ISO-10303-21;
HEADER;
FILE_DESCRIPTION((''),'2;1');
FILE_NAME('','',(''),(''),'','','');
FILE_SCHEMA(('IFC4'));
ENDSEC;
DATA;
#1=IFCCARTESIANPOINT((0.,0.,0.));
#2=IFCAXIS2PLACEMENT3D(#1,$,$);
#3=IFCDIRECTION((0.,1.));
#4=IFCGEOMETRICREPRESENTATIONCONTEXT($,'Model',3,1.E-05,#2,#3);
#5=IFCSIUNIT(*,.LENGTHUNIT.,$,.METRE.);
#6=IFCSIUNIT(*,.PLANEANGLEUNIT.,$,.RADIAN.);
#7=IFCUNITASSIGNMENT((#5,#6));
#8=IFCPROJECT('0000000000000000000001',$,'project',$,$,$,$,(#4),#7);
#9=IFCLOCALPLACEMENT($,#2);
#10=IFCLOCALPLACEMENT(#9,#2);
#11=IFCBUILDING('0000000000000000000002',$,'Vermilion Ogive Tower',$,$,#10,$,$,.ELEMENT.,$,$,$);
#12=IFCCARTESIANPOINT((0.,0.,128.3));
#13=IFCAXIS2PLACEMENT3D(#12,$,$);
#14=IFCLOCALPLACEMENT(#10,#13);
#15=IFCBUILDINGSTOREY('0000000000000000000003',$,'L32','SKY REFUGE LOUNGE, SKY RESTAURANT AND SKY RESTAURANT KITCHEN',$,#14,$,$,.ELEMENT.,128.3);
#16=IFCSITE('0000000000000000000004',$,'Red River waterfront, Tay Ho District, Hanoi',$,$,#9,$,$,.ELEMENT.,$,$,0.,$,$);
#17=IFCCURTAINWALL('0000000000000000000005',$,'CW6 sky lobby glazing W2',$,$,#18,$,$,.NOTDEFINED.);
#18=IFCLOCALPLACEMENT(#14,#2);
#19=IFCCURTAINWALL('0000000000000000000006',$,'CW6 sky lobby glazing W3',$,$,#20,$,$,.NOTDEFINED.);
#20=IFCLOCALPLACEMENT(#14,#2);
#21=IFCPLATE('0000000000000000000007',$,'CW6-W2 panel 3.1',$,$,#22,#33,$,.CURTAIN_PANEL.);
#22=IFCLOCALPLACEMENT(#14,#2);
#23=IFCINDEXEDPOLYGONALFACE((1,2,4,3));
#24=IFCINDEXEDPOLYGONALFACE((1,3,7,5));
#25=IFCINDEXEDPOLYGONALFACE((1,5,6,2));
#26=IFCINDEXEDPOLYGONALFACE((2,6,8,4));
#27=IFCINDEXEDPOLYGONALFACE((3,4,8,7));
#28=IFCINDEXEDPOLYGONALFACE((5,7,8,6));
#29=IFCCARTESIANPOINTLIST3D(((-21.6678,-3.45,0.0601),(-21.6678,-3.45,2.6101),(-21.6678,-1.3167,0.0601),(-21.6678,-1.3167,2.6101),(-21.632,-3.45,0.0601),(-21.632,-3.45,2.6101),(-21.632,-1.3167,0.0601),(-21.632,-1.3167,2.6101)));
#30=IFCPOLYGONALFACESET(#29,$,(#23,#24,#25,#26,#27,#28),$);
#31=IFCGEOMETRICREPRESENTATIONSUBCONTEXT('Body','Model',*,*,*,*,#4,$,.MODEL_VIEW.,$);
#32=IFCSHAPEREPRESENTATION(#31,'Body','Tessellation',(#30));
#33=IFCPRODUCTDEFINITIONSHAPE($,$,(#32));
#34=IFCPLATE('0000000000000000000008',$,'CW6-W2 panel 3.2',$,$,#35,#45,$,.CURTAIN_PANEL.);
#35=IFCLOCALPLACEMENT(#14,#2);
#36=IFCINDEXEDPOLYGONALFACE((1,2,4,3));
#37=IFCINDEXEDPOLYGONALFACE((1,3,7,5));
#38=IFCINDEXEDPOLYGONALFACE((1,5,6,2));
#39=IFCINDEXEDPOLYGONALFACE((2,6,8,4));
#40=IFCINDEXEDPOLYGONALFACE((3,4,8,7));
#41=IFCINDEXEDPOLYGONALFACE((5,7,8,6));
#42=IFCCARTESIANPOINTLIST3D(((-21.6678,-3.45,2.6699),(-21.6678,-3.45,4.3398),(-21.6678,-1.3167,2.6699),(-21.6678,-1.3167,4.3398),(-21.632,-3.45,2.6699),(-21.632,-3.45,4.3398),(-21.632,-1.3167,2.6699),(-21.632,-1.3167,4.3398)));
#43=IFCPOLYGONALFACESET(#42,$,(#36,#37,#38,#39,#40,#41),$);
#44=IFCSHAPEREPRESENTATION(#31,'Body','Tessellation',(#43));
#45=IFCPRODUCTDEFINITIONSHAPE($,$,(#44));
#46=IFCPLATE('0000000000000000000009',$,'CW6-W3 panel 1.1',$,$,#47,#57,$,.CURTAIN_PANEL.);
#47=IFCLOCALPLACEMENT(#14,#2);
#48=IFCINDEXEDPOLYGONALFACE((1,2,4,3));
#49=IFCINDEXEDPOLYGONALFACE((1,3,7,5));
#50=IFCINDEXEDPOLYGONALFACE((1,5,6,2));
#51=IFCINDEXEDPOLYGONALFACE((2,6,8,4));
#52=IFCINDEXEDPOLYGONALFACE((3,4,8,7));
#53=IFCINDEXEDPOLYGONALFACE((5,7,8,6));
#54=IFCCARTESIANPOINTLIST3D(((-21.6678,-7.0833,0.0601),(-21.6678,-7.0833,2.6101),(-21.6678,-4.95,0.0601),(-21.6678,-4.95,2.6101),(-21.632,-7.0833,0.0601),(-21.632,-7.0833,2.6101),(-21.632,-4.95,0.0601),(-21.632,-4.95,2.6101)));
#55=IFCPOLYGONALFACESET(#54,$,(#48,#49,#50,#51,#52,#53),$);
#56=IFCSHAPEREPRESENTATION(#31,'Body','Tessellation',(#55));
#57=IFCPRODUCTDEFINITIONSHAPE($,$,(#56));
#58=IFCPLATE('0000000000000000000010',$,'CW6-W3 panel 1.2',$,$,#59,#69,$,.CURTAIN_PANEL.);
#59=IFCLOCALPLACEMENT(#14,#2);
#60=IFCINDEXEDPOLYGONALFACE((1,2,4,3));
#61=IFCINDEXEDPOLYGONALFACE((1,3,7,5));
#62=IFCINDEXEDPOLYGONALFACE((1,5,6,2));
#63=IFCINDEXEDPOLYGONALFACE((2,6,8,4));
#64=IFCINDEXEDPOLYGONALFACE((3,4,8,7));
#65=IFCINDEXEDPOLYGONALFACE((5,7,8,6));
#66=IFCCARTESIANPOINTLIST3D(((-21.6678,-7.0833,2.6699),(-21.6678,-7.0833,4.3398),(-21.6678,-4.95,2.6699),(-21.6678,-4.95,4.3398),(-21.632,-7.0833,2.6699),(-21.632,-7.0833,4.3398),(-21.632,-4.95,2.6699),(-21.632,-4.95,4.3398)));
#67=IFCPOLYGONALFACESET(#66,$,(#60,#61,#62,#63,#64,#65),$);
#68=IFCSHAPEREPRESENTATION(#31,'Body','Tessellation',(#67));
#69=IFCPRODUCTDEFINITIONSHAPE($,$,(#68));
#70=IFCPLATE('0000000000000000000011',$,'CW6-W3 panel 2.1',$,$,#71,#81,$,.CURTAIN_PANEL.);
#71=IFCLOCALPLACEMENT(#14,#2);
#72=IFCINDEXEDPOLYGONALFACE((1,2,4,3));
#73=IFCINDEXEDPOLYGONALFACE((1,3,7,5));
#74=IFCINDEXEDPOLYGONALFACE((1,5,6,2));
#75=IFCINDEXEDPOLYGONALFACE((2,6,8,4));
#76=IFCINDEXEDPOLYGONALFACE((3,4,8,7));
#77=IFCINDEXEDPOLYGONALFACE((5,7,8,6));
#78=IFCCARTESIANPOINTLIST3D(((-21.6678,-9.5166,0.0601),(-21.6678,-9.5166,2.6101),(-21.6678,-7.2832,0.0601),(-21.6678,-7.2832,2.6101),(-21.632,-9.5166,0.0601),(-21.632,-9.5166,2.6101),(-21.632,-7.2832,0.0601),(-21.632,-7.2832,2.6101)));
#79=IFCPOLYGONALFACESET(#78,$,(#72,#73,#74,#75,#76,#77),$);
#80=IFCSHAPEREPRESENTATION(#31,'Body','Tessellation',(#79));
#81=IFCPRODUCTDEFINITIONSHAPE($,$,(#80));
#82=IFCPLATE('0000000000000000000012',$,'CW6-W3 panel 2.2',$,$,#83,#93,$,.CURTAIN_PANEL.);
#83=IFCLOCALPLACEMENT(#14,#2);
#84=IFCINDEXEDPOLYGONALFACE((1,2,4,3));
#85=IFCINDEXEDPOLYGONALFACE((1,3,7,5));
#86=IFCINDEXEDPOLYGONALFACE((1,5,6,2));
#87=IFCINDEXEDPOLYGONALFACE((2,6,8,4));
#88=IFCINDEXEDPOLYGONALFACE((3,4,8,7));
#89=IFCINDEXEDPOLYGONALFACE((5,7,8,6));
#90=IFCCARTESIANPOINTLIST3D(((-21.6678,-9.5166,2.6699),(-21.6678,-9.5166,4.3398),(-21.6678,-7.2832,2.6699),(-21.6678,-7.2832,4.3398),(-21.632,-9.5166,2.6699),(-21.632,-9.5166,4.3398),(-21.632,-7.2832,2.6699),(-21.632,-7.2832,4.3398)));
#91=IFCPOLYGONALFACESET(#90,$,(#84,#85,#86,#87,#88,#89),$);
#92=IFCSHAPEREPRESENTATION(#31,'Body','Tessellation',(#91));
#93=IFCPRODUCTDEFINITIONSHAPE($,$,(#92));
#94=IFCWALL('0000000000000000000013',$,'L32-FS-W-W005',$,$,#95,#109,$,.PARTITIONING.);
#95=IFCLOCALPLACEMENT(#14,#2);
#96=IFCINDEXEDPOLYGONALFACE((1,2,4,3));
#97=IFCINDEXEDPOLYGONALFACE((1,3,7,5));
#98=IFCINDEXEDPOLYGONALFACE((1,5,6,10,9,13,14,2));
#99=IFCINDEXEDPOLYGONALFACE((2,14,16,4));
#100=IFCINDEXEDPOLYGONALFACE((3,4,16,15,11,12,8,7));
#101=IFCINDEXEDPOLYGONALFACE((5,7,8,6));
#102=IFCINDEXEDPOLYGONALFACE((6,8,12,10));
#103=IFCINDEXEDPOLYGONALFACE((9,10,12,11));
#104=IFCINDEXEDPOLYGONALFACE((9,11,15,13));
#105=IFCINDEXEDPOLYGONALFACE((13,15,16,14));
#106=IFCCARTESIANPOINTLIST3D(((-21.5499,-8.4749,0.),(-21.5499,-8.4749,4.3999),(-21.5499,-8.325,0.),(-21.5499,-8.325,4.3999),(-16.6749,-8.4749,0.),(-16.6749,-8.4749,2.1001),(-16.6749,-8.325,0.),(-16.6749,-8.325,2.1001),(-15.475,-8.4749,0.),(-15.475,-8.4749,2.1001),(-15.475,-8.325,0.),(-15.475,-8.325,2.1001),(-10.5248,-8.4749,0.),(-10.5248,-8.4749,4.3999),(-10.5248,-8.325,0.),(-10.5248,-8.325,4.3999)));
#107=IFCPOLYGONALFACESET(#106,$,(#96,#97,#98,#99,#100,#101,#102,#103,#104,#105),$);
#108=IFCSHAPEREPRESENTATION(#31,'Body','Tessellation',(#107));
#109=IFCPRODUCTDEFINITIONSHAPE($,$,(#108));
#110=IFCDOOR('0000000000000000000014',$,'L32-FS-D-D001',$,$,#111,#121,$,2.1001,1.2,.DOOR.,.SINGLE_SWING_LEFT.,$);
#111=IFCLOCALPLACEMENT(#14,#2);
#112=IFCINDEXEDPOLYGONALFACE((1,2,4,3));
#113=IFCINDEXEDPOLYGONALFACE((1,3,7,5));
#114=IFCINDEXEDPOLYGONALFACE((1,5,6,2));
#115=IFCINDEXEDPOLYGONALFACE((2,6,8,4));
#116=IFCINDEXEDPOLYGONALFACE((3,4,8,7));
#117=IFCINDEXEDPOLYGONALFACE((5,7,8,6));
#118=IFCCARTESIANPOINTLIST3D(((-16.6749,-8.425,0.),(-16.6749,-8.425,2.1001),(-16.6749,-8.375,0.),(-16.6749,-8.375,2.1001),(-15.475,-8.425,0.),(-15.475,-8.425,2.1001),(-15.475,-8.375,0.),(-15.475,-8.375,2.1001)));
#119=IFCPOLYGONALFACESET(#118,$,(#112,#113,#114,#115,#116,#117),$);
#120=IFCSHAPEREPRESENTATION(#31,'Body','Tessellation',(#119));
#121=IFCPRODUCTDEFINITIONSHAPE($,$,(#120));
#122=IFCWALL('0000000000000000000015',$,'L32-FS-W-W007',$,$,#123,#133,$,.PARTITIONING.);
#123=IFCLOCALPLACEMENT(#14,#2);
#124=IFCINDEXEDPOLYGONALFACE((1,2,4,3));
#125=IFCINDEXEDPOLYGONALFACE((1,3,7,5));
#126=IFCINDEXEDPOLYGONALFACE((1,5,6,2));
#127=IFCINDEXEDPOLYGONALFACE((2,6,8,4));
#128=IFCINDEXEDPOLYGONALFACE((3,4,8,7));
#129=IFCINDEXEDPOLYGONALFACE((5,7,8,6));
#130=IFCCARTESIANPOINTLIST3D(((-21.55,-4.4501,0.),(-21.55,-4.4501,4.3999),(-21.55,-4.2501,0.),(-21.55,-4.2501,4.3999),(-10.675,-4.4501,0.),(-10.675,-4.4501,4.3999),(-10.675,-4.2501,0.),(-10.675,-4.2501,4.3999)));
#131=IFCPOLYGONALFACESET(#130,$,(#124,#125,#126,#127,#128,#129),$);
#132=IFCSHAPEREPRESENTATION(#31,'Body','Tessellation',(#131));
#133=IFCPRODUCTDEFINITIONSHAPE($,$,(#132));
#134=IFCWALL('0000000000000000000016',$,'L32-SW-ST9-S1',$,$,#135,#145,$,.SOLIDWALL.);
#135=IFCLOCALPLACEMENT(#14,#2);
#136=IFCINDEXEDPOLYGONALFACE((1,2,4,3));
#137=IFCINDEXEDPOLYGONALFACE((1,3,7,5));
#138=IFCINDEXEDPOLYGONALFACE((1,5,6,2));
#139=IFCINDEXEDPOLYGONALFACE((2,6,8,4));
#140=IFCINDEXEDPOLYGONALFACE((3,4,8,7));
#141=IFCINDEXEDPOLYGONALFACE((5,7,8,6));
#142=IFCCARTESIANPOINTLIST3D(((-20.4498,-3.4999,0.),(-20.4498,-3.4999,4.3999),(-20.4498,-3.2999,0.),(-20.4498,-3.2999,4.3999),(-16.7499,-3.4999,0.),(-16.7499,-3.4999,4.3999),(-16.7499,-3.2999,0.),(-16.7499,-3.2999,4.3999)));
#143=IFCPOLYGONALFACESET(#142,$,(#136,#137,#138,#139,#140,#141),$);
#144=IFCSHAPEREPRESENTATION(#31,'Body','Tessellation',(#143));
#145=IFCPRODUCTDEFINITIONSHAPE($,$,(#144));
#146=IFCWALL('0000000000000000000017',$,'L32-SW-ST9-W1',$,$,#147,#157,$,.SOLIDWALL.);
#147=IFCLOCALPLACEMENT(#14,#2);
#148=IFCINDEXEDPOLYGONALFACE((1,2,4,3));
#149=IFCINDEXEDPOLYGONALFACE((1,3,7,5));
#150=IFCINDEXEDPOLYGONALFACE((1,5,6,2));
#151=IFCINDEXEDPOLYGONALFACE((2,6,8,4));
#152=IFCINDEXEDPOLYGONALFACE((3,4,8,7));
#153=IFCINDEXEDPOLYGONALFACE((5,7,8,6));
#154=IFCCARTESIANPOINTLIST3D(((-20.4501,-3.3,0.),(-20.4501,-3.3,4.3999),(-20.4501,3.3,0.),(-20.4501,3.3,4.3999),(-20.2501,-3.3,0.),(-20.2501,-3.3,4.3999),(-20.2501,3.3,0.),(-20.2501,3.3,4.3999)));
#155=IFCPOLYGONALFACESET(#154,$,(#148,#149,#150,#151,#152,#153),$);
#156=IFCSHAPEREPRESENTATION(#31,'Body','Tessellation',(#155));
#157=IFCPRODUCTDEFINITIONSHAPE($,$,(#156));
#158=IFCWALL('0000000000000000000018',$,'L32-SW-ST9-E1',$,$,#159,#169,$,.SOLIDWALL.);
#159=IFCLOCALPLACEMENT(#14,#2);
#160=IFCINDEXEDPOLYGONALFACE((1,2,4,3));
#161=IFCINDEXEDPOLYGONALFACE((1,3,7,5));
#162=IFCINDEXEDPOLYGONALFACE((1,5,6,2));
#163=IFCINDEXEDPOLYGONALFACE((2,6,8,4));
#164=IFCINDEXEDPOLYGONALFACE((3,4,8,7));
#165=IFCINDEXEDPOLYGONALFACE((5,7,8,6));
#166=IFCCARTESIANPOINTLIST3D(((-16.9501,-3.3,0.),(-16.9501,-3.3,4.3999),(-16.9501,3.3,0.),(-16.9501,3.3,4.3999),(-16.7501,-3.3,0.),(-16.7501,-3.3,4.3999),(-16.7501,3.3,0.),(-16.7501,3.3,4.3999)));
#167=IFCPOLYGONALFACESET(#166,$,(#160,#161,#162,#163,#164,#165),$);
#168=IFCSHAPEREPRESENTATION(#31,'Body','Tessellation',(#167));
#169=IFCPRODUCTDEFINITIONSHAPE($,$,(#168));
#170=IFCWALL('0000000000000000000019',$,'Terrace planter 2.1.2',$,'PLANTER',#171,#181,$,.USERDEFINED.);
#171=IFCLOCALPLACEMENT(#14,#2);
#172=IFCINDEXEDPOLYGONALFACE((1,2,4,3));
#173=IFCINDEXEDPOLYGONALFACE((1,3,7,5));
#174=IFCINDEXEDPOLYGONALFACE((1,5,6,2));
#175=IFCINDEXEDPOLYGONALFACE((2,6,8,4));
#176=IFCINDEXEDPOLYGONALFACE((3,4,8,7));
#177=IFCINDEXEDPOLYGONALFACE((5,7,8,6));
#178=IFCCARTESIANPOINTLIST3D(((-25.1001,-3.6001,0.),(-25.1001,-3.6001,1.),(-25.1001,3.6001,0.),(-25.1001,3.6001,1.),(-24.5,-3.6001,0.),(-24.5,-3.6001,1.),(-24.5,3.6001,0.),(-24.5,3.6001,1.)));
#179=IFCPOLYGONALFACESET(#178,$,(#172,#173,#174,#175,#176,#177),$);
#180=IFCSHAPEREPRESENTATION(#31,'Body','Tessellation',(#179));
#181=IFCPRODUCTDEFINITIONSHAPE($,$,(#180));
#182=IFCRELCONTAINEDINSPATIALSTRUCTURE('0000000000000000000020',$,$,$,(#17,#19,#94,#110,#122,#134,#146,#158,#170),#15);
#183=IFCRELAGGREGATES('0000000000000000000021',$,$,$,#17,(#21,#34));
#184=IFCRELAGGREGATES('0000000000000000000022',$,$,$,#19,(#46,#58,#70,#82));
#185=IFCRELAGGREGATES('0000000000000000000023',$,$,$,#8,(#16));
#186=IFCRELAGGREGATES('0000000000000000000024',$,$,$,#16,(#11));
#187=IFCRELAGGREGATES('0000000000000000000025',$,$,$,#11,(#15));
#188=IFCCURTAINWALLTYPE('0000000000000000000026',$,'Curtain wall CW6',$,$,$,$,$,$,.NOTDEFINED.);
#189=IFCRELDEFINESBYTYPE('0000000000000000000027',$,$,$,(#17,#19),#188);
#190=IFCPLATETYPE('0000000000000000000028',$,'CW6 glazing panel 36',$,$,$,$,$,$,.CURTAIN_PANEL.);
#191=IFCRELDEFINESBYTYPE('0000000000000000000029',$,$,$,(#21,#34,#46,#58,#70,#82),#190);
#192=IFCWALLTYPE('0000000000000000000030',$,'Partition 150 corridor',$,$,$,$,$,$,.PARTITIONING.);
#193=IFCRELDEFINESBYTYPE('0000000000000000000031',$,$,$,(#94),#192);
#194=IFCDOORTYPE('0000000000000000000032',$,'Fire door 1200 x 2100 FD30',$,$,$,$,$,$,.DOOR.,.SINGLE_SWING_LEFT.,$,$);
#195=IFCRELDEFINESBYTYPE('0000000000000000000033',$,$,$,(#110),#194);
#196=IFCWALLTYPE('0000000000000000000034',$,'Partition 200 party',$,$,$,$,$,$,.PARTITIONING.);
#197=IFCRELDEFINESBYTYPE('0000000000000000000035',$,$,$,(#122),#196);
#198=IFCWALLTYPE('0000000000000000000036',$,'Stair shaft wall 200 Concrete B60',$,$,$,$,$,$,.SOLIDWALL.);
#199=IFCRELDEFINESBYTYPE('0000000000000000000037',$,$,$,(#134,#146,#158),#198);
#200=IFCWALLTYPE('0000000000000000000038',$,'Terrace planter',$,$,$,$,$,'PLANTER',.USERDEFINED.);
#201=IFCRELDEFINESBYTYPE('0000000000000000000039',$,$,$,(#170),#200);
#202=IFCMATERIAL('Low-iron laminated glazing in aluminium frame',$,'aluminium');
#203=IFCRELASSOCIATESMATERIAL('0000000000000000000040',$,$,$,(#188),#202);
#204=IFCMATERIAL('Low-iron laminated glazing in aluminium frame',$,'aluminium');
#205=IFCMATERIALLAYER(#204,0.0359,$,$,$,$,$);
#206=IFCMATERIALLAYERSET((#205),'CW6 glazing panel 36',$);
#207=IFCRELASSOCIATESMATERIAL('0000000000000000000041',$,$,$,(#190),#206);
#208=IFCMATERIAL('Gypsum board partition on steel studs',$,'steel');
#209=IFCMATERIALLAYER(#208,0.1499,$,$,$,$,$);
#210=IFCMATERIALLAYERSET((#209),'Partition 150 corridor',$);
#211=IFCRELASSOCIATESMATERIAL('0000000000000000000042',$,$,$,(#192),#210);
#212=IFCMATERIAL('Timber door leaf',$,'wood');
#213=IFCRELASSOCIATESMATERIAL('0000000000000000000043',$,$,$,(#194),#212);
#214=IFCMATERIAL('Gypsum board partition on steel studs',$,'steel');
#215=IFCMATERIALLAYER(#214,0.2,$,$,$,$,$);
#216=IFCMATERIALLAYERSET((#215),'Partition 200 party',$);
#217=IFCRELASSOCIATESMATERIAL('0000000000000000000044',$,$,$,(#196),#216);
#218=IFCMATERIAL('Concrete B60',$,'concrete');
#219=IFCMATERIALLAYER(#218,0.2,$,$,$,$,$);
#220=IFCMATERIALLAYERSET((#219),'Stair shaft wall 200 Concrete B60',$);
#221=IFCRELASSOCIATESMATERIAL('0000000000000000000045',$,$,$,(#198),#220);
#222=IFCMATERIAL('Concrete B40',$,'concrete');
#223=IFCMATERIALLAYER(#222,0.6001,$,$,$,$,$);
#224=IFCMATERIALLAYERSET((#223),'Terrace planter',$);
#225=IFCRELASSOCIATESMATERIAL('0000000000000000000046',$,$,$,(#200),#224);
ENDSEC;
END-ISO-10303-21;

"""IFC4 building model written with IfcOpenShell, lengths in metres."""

from ifc_helpers import new_model, si_unit, direction, frame, frame_2d, origin, origin_2d, place, context, subcontext, project, spatial, rectangle, extrude, material, layer, layer_set, type_object, element, fill, aggregate, save


model = new_model("IFC4")

# Units and contexts
model_context = context("Model", 3, precision=1e-05, world=origin(), true_north=direction((0.0, 1.0)))
body_context = subcontext(model_context, "Body", "Model", "MODEL_VIEW")
ifc_project = project(units=[si_unit("LENGTHUNIT", "METRE"), si_unit("PLANEANGLEUNIT", "RADIAN")], contexts=[model_context])

# Site, building, storey
site_placement = place(None, origin())
site = spatial("IfcSite", under=ifc_project, at=site_placement, Name="Red River waterfront, Tay Ho District, Hanoi", CompositionType="ELEMENT", RefElevation=0.0)
building_placement = place(site_placement, origin())
building = spatial("IfcBuilding", under=site, at=building_placement, Name="Vermilion Ogive Tower", CompositionType="ELEMENT")
storey_placement = place(building_placement, frame((0.0, 0.0, 128.3)))
storey = spatial("IfcBuildingStorey", under=building, at=storey_placement, Name="L32", Description="SKY REFUGE LOUNGE, SKY RESTAURANT AND SKY RESTAURANT KITCHEN", CompositionType="ELEMENT", Elevation=128.3)

# Curtain wall
ifc_material_1 = material(Name="Low-iron laminated glazing in aluminium frame", Category="aluminium")
curtain_wall_type = type_object("IfcCurtainWallType", Name="Curtain wall CW6", PredefinedType="NOTDEFINED", material=ifc_material_1)
curtain_wall_1_placement = place(storey_placement, origin())
curtain_wall_1 = element("IfcCurtainWall", 1, at=curtain_wall_1_placement, inside=storey, type_object=curtain_wall_type, Name="CW6 sky lobby glazing W2", PredefinedType="NOTDEFINED")

# Curtain wall
curtain_wall_2_placement = place(storey_placement, origin())
curtain_wall_2 = element("IfcCurtainWall", 2, at=curtain_wall_2_placement, inside=storey, type_object=curtain_wall_type, Name="CW6 sky lobby glazing W3", PredefinedType="NOTDEFINED")

# Plates
ifc_material_2 = material(Name="Low-iron laminated glazing in aluminium frame", Category="aluminium")
ifc_layer_1 = layer(ifc_material_2, 0.0359)
ifc_layer_set_1 = layer_set([ifc_layer_1], Name="CW6 glazing panel 36")
plate_type = type_object("IfcPlateType", Name="CW6 glazing panel 36", PredefinedType="CURTAIN_PANEL", material=ifc_layer_set_1)
plate_1_placement = place(storey_placement, frame((-21.6499, -2.3833, 0.0601), z_axis=(0.0, 0.0, 1.0), x_axis=(0.0, -1.0, 0.0)))
plate_1 = element("IfcPlate", 3, at=plate_1_placement, type_object=plate_type, Name="CW6-W2 panel 3.1", PredefinedType="CURTAIN_PANEL", context=body_context, shape_type="SweptSolid", body=[
    extrude(rectangle(XDim=2.1333, YDim=0.0359, at=origin_2d()), origin(), (0.0, 0.0, 1.0), 2.55),
])
plate_2_placement = place(storey_placement, frame((-21.6499, -2.3833, 2.6699), z_axis=(0.0, 0.0, 1.0), x_axis=(0.0, -1.0, 0.0)))
plate_2 = element("IfcPlate", 4, at=plate_2_placement, type_object=plate_type, Name="CW6-W2 panel 3.2", PredefinedType="CURTAIN_PANEL", context=body_context, shape_type="SweptSolid", body=[
    extrude(rectangle(XDim=2.1333, YDim=0.0359, at=origin_2d()), origin(), (0.0, 0.0, 1.0), 1.6699),
])
aggregate(curtain_wall_1, [plate_1, plate_2])
plate_3_placement = place(storey_placement, frame((-21.6499, -6.0166, 0.0601), z_axis=(0.0, 0.0, 1.0), x_axis=(0.0, -1.0, 0.0)))
plate_3 = element("IfcPlate", 5, at=plate_3_placement, type_object=plate_type, Name="CW6-W3 panel 1.1", PredefinedType="CURTAIN_PANEL", context=body_context, shape_type="SweptSolid", body=[
    extrude(rectangle(XDim=2.1333, YDim=0.0359, at=origin_2d()), origin(), (0.0, 0.0, 1.0), 2.55),
])
plate_4_placement = place(storey_placement, frame((-21.6499, -6.0166, 2.6699), z_axis=(0.0, 0.0, 1.0), x_axis=(0.0, -1.0, 0.0)))
plate_4 = element("IfcPlate", 6, at=plate_4_placement, type_object=plate_type, Name="CW6-W3 panel 1.2", PredefinedType="CURTAIN_PANEL", context=body_context, shape_type="SweptSolid", body=[
    extrude(rectangle(XDim=2.1333, YDim=0.0359, at=origin_2d()), origin(), (0.0, 0.0, 1.0), 1.6699),
])
plate_5_placement = place(storey_placement, frame((-21.6499, -8.3999, 0.0601), z_axis=(0.0, 0.0, 1.0), x_axis=(0.0, -1.0, 0.0)))
plate_5 = element("IfcPlate", 7, at=plate_5_placement, type_object=plate_type, Name="CW6-W3 panel 2.1", PredefinedType="CURTAIN_PANEL", context=body_context, shape_type="SweptSolid", body=[
    extrude(rectangle(XDim=2.2334, YDim=0.0359, at=origin_2d()), origin(), (0.0, 0.0, 1.0), 2.55),
])
plate_6_placement = place(storey_placement, frame((-21.6499, -8.3999, 2.6699), z_axis=(0.0, 0.0, 1.0), x_axis=(0.0, -1.0, 0.0)))
plate_6 = element("IfcPlate", 8, at=plate_6_placement, type_object=plate_type, Name="CW6-W3 panel 2.2", PredefinedType="CURTAIN_PANEL", context=body_context, shape_type="SweptSolid", body=[
    extrude(rectangle(XDim=2.2334, YDim=0.0359, at=origin_2d()), origin(), (0.0, 0.0, 1.0), 1.6699),
])
aggregate(curtain_wall_2, [plate_3, plate_4, plate_5, plate_6])

# Wall, opening, door
ifc_material_3 = material(Name="Gypsum board partition on steel studs", Category="steel")
ifc_layer_2 = layer(ifc_material_3, 0.1499)
ifc_layer_set_2 = layer_set([ifc_layer_2], Name="Partition 150 corridor")
wall_type_1 = type_object("IfcWallType", Name="Partition 150 corridor", PredefinedType="PARTITIONING", material=ifc_layer_set_2)
wall_1_placement = place(storey_placement, frame((-21.55, -8.3999, 0.0), z_axis=(0.0, 0.0, 1.0), x_axis=(1.0, 0.0, 0.0)))
wall_1 = element("IfcWall", 9, at=wall_1_placement, inside=storey, type_object=wall_type_1, Name="L32-FS-W-W005", PredefinedType="PARTITIONING", context=body_context, shape_type="SweptSolid", body=[
    extrude(rectangle(XDim=11.0251, YDim=0.1499, at=frame_2d((5.5127, 0.0))), origin(), (0.0, 0.0, 1.0), 4.3999),
])
opening_placement = place(wall_1_placement, frame((4.875, 0.0, 0.0)))
opening = element("IfcOpeningElement", 10, at=opening_placement, cuts=wall_1, PredefinedType="OPENING", context=body_context, shape_type="SweptSolid", body=[
    extrude(rectangle(XDim=1.2, YDim=2.1001, at=frame_2d((0.6001, 1.05))), frame((0.0, 0.085, 0.0), z_axis=(0.0, -1.0, 0.0), x_axis=(1.0, 0.0, 0.0)), (0.0, 0.0, 1.0), 0.1699),
])
ifc_material_4 = material(Name="Timber door leaf", Category="wood")
door_type = type_object("IfcDoorType", Name="Fire door 1200 x 2100 FD30", OperationType="SINGLE_SWING_LEFT", PredefinedType="DOOR", material=ifc_material_4)
door_placement = place(opening_placement, origin())
door = element("IfcDoor", 11, at=door_placement, inside=storey, type_object=door_type, Name="L32-FS-D-D001", OperationType="SINGLE_SWING_LEFT", OverallHeight=2.1001, OverallWidth=1.2, PredefinedType="DOOR", context=body_context, shape_type="SweptSolid", body=[
    extrude(rectangle(XDim=1.2, YDim=2.1001, at=frame_2d((0.6001, 1.05))), frame((0.0, 0.0249, 0.0), z_axis=(0.0, -1.0, 0.0), x_axis=(1.0, 0.0, 0.0)), (0.0, 0.0, 1.0), 0.05),
])
fill(opening, door)

# Walls
ifc_material_5 = material(Name="Gypsum board partition on steel studs", Category="steel")
ifc_layer_3 = layer(ifc_material_5, 0.2)
ifc_layer_set_3 = layer_set([ifc_layer_3], Name="Partition 200 party")
wall_type_2 = type_object("IfcWallType", Name="Partition 200 party", PredefinedType="PARTITIONING", material=ifc_layer_set_3)
wall_2_placement = place(storey_placement, frame((-21.55, -4.3501, 0.0), z_axis=(0.0, 0.0, 1.0), x_axis=(1.0, 0.0, 0.0)))
element("IfcWall", 12, at=wall_2_placement, inside=storey, type_object=wall_type_2, Name="L32-FS-W-W007", PredefinedType="PARTITIONING", context=body_context, shape_type="SweptSolid", body=[
    extrude(rectangle(XDim=10.875, YDim=0.2, at=frame_2d((5.4375, 0.0))), origin(), (0.0, 0.0, 1.0), 4.3999),
])
ifc_material_6 = material(Name="Concrete B60", Category="concrete")
ifc_layer_4 = layer(ifc_material_6, 0.2)
ifc_layer_set_4 = layer_set([ifc_layer_4], Name="Stair shaft wall 200 Concrete B60")
wall_type_3 = type_object("IfcWallType", Name="Stair shaft wall 200 Concrete B60", PredefinedType="SOLIDWALL", material=ifc_layer_set_4)
wall_3_placement = place(storey_placement, frame((-20.45, -3.3999, 0.0), z_axis=(0.0, 0.0, 1.0), x_axis=(1.0, 0.0, 0.0)))
element("IfcWall", 13, at=wall_3_placement, inside=storey, type_object=wall_type_3, Name="L32-SW-ST9-S1", PredefinedType="SOLIDWALL", context=body_context, shape_type="SweptSolid", body=[
    extrude(rectangle(XDim=3.7, YDim=0.2, at=frame_2d((1.8501, 0.0))), origin(), (0.0, 0.0, 1.0), 4.3999),
])
for number, where, z_axis, x_axis, name in (
    (14, (-20.3501, -3.3, 0.0), (0.0, 0.0, 1.0), (0.0, 1.0, 0.0), "L32-SW-ST9-W1"),
    (15, (-16.8501, -3.3, 0.0), (0.0, 0.0, 1.0), (0.0, 1.0, 0.0), "L32-SW-ST9-E1"),
):
    element("IfcWall", number, at=place(storey_placement, frame(where, z_axis=z_axis, x_axis=x_axis)), inside=storey, type_object=wall_type_3, Name=name, PredefinedType="SOLIDWALL", context=body_context, shape_type="SweptSolid", body=[
        extrude(rectangle(XDim=6.6001, YDim=0.2, at=frame_2d((3.3, 0.0))), origin(), (0.0, 0.0, 1.0), 4.3999),
    ])
ifc_material_7 = material(Name="Concrete B40", Category="concrete")
ifc_layer_5 = layer(ifc_material_7, 0.6001)
ifc_layer_set_5 = layer_set([ifc_layer_5], Name="Terrace planter")
wall_type_4 = type_object("IfcWallType", Name="Terrace planter", ElementType="PLANTER", PredefinedType="USERDEFINED", material=ifc_layer_set_5)
wall_4_placement = place(storey_placement, frame((-24.8, -3.6001, 0.0), z_axis=(0.0, 0.0, 1.0), x_axis=(0.0, 1.0, 0.0)))
element("IfcWall", 16, at=wall_4_placement, inside=storey, type_object=wall_type_4, Name="Terrace planter 2.1.2", ObjectType="PLANTER", PredefinedType="USERDEFINED", context=body_context, shape_type="SweptSolid", body=[
    extrude(rectangle(XDim=7.2002, YDim=0.6001, at=frame_2d((3.6001, 0.0))), origin(), (0.0, 0.0, 1.0), 1.0),
])

save(model, "model.ifc")
